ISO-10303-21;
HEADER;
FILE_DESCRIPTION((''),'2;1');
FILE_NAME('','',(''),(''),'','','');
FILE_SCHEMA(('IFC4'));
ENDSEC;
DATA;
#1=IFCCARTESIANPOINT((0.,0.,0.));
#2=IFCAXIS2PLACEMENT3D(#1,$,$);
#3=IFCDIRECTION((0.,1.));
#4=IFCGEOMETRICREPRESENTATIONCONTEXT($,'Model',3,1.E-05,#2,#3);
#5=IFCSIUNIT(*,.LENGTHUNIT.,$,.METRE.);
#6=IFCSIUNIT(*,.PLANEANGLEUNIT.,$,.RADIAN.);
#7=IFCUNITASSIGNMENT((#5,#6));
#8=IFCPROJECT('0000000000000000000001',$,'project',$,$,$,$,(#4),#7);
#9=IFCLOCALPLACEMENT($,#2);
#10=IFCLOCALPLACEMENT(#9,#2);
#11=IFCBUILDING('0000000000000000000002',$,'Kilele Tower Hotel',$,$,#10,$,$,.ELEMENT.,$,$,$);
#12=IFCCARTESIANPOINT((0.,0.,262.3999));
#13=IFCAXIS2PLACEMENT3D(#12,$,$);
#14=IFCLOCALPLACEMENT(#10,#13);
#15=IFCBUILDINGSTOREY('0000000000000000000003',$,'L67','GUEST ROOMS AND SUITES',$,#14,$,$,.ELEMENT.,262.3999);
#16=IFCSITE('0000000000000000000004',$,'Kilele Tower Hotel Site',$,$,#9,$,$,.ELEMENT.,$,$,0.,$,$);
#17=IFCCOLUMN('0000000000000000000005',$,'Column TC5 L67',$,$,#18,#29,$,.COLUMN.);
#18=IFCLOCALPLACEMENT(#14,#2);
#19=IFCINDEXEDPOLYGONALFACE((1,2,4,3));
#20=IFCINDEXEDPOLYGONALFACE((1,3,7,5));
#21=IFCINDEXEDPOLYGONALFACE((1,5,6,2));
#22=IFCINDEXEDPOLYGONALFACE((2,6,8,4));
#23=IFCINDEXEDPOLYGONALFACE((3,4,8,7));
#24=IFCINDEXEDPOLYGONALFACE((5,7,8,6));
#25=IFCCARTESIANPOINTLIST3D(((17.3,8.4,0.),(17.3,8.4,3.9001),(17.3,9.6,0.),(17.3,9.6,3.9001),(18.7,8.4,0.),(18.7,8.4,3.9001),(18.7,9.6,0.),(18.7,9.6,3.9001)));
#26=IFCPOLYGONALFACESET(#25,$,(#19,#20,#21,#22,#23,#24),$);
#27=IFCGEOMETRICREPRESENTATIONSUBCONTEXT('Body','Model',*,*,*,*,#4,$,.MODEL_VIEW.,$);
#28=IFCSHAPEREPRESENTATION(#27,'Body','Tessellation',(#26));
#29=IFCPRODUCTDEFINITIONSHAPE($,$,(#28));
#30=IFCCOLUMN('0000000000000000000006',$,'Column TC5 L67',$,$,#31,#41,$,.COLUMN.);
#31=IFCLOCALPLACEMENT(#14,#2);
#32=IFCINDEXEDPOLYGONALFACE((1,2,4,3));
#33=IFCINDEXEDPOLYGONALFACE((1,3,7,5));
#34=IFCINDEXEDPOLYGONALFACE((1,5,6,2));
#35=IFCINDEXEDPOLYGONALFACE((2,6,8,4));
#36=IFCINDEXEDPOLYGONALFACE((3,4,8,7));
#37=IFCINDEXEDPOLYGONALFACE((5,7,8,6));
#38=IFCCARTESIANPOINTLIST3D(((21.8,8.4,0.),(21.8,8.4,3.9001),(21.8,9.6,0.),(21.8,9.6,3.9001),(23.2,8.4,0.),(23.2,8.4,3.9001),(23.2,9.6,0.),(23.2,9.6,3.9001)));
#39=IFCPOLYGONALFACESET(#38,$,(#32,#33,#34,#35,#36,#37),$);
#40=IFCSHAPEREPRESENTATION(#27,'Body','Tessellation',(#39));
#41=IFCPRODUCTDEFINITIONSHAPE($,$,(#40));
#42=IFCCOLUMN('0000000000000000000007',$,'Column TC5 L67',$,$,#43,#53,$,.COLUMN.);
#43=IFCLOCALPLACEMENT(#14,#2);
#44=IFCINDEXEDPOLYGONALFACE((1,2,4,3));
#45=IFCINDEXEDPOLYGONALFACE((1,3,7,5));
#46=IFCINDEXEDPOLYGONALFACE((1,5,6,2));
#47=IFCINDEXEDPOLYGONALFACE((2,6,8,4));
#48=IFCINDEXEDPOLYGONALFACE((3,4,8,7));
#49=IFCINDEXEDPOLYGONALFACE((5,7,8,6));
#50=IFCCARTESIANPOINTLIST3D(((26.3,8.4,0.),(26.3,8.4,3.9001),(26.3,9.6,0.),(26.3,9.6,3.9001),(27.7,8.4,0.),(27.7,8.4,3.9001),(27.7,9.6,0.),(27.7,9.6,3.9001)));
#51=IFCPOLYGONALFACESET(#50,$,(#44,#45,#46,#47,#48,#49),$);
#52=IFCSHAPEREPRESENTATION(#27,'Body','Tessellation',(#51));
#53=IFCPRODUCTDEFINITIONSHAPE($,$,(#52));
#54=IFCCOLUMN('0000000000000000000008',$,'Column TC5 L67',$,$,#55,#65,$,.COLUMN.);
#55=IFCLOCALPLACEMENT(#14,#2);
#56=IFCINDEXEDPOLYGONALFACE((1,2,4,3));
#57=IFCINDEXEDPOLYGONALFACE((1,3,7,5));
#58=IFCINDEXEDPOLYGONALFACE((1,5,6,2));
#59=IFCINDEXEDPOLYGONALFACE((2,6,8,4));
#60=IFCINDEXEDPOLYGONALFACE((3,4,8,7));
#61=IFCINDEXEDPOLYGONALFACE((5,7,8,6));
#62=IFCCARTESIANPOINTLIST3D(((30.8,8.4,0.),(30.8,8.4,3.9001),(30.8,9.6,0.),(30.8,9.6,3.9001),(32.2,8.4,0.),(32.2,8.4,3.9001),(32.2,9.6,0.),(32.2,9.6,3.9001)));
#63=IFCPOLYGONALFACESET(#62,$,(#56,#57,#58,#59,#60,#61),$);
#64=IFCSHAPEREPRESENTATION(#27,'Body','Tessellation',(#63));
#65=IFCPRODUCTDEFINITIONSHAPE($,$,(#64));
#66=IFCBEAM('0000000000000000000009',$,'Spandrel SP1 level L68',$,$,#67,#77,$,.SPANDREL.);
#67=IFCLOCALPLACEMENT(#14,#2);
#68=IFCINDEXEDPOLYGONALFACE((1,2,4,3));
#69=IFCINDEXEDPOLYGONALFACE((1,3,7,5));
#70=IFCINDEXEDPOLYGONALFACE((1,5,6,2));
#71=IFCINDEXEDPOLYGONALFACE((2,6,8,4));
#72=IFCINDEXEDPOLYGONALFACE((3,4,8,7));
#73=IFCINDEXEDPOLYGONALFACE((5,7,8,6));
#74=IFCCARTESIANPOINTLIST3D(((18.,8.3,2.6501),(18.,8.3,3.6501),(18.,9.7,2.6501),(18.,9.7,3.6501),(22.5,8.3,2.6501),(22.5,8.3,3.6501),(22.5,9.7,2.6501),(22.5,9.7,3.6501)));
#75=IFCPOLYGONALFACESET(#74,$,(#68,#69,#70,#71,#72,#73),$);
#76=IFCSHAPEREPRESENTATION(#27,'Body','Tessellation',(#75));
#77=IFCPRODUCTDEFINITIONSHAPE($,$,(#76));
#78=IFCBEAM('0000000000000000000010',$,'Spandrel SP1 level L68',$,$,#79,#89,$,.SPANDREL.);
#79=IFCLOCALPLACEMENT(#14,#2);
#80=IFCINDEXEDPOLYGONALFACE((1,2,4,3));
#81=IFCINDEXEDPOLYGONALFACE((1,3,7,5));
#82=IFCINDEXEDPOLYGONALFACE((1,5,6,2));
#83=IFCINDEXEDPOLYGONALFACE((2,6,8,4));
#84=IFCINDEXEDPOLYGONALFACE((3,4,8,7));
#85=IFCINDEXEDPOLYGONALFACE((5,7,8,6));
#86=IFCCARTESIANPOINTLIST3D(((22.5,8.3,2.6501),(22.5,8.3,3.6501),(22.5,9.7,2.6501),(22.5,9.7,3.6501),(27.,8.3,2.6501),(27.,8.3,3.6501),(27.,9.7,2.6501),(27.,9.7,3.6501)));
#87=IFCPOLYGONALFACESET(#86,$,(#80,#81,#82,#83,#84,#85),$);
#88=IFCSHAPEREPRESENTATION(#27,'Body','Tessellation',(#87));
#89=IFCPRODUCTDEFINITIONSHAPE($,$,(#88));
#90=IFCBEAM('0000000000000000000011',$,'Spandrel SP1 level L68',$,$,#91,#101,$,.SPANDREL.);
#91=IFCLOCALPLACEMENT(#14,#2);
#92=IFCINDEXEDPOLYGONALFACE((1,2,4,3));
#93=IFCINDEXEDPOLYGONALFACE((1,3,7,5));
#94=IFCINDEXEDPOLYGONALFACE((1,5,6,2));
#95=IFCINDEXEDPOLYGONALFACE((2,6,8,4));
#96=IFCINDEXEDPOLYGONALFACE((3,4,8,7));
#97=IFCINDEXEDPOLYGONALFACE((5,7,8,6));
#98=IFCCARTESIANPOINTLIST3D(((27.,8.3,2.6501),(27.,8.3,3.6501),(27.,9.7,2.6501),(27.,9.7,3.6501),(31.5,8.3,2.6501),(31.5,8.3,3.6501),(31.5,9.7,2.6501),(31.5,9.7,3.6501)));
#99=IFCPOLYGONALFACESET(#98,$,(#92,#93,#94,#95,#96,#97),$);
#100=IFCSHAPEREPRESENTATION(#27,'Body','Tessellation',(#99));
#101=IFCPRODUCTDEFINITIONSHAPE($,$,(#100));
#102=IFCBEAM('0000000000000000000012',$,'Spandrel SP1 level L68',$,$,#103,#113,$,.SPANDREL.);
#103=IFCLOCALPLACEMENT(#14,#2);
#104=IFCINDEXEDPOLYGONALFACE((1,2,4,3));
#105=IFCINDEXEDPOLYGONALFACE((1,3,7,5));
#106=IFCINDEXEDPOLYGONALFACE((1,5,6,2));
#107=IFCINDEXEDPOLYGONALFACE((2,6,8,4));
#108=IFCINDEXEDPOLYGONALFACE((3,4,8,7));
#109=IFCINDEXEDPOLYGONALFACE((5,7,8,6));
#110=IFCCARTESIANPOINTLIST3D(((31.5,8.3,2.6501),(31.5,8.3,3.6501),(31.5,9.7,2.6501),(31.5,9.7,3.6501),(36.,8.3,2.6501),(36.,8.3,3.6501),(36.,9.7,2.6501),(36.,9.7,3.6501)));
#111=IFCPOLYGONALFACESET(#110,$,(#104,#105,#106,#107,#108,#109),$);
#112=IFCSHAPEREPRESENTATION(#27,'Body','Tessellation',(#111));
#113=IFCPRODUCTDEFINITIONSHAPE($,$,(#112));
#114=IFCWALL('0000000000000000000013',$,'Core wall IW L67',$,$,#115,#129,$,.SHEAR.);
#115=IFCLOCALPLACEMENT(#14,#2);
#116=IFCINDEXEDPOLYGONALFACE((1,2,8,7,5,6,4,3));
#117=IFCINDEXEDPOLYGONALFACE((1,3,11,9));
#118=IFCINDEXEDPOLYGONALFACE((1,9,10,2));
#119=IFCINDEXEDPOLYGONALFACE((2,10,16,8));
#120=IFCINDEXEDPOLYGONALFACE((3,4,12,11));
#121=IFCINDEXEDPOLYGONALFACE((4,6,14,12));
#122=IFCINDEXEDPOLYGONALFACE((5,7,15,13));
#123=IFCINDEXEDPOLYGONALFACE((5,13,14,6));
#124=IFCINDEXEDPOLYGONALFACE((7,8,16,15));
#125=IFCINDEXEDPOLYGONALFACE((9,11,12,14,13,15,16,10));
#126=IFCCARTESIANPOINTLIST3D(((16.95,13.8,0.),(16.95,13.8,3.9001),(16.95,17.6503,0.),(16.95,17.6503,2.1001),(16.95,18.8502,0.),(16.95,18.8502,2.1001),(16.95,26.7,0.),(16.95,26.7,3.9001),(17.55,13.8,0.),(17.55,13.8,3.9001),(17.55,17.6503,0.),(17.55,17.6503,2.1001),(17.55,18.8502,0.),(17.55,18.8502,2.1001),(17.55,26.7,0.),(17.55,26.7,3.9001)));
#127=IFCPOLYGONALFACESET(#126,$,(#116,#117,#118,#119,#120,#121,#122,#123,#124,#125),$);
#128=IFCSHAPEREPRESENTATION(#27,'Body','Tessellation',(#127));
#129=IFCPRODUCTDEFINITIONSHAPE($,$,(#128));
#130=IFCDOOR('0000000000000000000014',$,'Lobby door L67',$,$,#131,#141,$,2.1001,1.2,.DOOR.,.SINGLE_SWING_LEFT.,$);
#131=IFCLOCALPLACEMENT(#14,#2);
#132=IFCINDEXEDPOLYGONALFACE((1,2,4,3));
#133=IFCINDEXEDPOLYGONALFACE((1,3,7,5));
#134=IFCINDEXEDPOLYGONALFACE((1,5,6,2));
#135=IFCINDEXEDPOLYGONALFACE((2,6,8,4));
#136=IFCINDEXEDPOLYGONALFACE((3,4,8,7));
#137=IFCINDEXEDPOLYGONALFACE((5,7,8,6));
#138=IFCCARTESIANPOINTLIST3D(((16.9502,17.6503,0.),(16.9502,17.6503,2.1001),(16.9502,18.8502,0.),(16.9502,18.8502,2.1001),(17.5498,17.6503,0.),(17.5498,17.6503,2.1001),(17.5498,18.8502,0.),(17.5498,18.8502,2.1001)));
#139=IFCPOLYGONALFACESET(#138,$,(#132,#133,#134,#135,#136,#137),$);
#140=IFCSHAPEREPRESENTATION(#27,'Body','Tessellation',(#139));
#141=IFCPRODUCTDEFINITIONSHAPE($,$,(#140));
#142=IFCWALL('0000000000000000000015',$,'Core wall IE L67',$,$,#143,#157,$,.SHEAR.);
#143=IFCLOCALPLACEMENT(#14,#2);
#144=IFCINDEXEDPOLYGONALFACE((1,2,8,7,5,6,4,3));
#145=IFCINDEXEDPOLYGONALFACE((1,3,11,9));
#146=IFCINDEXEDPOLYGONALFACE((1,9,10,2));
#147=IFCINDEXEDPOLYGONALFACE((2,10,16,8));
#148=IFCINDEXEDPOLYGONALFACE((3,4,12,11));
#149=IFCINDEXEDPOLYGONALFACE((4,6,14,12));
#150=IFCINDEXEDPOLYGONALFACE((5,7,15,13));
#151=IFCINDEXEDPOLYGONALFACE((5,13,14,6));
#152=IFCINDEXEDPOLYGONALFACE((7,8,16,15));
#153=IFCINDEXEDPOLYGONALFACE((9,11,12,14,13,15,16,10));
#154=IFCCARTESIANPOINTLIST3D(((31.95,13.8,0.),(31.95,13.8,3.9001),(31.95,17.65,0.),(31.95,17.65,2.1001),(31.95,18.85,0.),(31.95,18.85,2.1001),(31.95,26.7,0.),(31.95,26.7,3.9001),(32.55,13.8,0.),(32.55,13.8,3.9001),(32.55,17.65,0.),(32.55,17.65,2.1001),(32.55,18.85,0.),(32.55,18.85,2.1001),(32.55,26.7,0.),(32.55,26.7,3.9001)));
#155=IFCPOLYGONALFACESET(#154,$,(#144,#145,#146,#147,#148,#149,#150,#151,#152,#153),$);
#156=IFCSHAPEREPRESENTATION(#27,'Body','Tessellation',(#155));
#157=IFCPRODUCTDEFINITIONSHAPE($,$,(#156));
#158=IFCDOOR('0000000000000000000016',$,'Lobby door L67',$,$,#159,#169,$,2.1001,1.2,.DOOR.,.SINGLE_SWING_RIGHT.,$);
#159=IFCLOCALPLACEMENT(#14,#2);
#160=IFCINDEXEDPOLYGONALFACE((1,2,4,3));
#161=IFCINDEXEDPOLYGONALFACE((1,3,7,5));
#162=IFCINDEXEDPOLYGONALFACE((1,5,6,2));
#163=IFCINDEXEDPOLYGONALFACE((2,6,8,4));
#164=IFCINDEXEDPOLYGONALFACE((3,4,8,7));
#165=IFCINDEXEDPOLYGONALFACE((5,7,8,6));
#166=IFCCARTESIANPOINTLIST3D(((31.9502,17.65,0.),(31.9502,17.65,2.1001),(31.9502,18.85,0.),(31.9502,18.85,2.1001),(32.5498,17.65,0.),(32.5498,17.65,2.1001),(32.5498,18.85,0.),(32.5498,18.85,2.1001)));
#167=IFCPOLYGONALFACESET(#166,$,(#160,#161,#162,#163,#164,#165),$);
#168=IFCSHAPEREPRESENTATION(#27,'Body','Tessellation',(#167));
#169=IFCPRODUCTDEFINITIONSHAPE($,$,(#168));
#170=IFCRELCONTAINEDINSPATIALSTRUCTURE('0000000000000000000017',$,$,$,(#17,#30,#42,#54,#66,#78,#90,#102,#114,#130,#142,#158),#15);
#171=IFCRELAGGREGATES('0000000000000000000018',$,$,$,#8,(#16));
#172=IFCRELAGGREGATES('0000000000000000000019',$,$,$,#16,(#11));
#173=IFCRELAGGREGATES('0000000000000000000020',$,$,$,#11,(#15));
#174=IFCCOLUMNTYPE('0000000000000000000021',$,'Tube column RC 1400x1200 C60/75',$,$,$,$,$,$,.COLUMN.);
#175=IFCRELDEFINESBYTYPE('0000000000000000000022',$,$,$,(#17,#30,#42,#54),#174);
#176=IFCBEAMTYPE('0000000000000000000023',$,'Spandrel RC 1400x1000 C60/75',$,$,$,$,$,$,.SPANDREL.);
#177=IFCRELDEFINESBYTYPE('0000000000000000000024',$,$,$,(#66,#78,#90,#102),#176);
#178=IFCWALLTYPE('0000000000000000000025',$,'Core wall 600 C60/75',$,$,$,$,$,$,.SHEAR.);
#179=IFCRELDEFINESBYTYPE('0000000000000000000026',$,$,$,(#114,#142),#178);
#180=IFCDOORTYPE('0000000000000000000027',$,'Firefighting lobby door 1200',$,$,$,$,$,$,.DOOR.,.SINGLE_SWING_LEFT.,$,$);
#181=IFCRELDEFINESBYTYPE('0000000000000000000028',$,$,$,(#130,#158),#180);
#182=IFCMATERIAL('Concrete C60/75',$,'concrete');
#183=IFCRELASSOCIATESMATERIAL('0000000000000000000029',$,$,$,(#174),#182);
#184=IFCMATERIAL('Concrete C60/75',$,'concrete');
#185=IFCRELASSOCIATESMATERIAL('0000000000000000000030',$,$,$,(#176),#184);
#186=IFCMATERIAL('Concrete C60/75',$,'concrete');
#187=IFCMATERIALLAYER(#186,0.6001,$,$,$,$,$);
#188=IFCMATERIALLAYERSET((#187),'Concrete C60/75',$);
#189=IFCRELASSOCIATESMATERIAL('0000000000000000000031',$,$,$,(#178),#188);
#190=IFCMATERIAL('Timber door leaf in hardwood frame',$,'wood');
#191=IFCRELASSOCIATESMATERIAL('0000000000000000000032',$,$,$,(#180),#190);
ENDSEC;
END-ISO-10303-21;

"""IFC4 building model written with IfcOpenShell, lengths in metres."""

from ifc_helpers import new_model, si_unit, direction, frame, frame_2d, origin, origin_2d, place, context, subcontext, project, spatial, rectangle, extrude, material, layer, layer_set, material_profile, profile_set, type_object, element, fill, save


model = new_model("IFC4")

# Units and contexts
model_context = context("Model", 3, precision=1e-05, world=origin(), true_north=direction((0.0, 1.0)))
body_context = subcontext(model_context, "Body", "Model", "MODEL_VIEW")
ifc_project = project(units=[si_unit("LENGTHUNIT", "METRE"), si_unit("PLANEANGLEUNIT", "RADIAN")], contexts=[model_context])

# Site, building, storey
site_placement = place(None, origin())
site = spatial("IfcSite", under=ifc_project, at=site_placement, Name="Kilele Tower Hotel Site", CompositionType="ELEMENT", RefElevation=0.0)
building_placement = place(site_placement, origin())
building = spatial("IfcBuilding", under=site, at=building_placement, Name="Kilele Tower Hotel", CompositionType="ELEMENT")
storey_placement = place(building_placement, frame((0.0, 0.0, 262.3999)))
storey = spatial("IfcBuildingStorey", under=building, at=storey_placement, Name="L67", Description="GUEST ROOMS AND SUITES", CompositionType="ELEMENT", Elevation=262.3999)

# Columns
ifc_material_1 = material(Name="Concrete C60/75", Category="concrete")
ifc_material_profile_1 = material_profile(ifc_material_1, rectangle(XDim=1.3999, YDim=1.2, at=origin_2d()))
ifc_profile_set_1 = profile_set([ifc_material_profile_1], Name="Concrete C60/75")
column_type = type_object("IfcColumnType", Name="Tube column RC 1400x1200 C60/75", PredefinedType="COLUMN", material=ifc_profile_set_1)
for number, where, z_axis, x_axis, name in (
    (1, (18.0, 9.0, 0.0), (0.0, 0.0, 1.0), (1.0, 0.0, 0.0), "Column TC5 L67"),
    (2, (22.5, 9.0, 0.0), (0.0, 0.0, 1.0), (1.0, 0.0, 0.0), "Column TC5 L67"),
    (3, (27.0, 9.0, 0.0), (0.0, 0.0, 1.0), (1.0, 0.0, 0.0), "Column TC5 L67"),
    (4, (31.5, 9.0, 0.0), (0.0, 0.0, 1.0), (1.0, 0.0, 0.0), "Column TC5 L67"),
):
    element("IfcColumn", number, at=place(storey_placement, frame(where, z_axis=z_axis, x_axis=x_axis)), inside=storey, type_object=column_type, Name=name, PredefinedType="COLUMN", context=body_context, shape_type="SweptSolid", body=[
        extrude(rectangle(XDim=1.3999, YDim=1.2, at=origin_2d()), origin(), (0.0, 0.0, 1.0), 3.9001),
    ])

# Beams
ifc_material_2 = material(Name="Concrete C60/75", Category="concrete")
ifc_material_profile_2 = material_profile(ifc_material_2, rectangle(XDim=1.3999, YDim=1.0, at=origin_2d()))
ifc_profile_set_2 = profile_set([ifc_material_profile_2], Name="Concrete C60/75")
beam_type = type_object("IfcBeamType", Name="Spandrel RC 1400x1000 C60/75", PredefinedType="SPANDREL", material=ifc_profile_set_2)
for number, where, z_axis, x_axis, name in (
    (5, (18.0, 9.0, 3.1501), (1.0, 0.0, 0.0), (0.0, 1.0, 0.0), "Spandrel SP1 level L68"),
    (6, (22.5, 9.0, 3.1501), (1.0, 0.0, 0.0), (0.0, 1.0, 0.0), "Spandrel SP1 level L68"),
    (7, (27.0, 9.0, 3.1501), (1.0, 0.0, 0.0), (0.0, 1.0, 0.0), "Spandrel SP1 level L68"),
    (8, (31.5, 9.0, 3.1501), (1.0, 0.0, 0.0), (0.0, 1.0, 0.0), "Spandrel SP1 level L68"),
):
    element("IfcBeam", number, at=place(storey_placement, frame(where, z_axis=z_axis, x_axis=x_axis)), inside=storey, type_object=beam_type, Name=name, PredefinedType="SPANDREL", context=body_context, shape_type="SweptSolid", body=[
        extrude(rectangle(XDim=1.3999, YDim=1.0, at=origin_2d()), origin(), (0.0, 0.0, 1.0), 4.5),
    ])

# Walls, openings, doors
ifc_material_3 = material(Name="Concrete C60/75", Category="concrete")
ifc_layer_1 = layer(ifc_material_3, 0.6001)
ifc_layer_set_1 = layer_set([ifc_layer_1], Name="Concrete C60/75")
wall_type_1 = type_object("IfcWallType", Name="Core wall 600 C60/75", PredefinedType="SHEAR", material=ifc_layer_set_1)
wall_1_placement = place(storey_placement, frame((17.25, 13.8, 0.0), z_axis=(0.0, 0.0, 1.0), x_axis=(0.0, 1.0, 0.0)))
wall_1 = element("IfcWall", 9, at=wall_1_placement, inside=storey, type_object=wall_type_1, Name="Core wall IW L67", PredefinedType="SHEAR", context=body_context, shape_type="SweptSolid", body=[
    extrude(rectangle(XDim=12.8999, YDim=0.6001, at=frame_2d((6.45, 0.0))), origin(), (0.0, 0.0, 1.0), 3.9001),
])
opening_1_placement = place(wall_1_placement, frame((3.8501, 0.0, 0.0)))
opening_1 = element("IfcOpeningElement", 10, at=opening_1_placement, cuts=wall_1, PredefinedType="OPENING", context=body_context, shape_type="SweptSolid", body=[
    extrude(rectangle(XDim=1.2, YDim=2.1001, at=frame_2d((0.6001, 1.05))), frame((0.0, 0.3101, 0.0), z_axis=(0.0, -1.0, 0.0), x_axis=(1.0, 0.0, 0.0)), (0.0, 0.0, 1.0), 0.6201),
])
ifc_material_4 = material(Name="Timber door leaf in hardwood frame", Category="wood")
door_type_1 = type_object("IfcDoorType", Name="Firefighting lobby door 1200", OperationType="SINGLE_SWING_LEFT", PredefinedType="DOOR", material=ifc_material_4)
door_1_placement = place(opening_1_placement, origin())
door_1 = element("IfcDoor", 11, at=door_1_placement, inside=storey, type_object=door_type_1, Name="Lobby door L67", OperationType="SINGLE_SWING_LEFT", OverallHeight=2.1001, OverallWidth=1.2, PredefinedType="DOOR", context=body_context, shape_type="SweptSolid", body=[
    extrude(rectangle(XDim=1.2, YDim=2.1001, at=frame_2d((0.6001, 1.05))), frame((0.0, 0.2998, 0.0), z_axis=(0.0, -1.0, 0.0), x_axis=(1.0, 0.0, 0.0)), (0.0, 0.0, 1.0), 0.5996),
])
fill(opening_1, door_1)
wall_2_placement = place(storey_placement, frame((32.25, 13.8, 0.0), z_axis=(0.0, 0.0, 1.0), x_axis=(0.0, 1.0, 0.0)))
wall_2 = element("IfcWall", 12, at=wall_2_placement, inside=storey, type_object=wall_type_1, Name="Core wall IE L67", PredefinedType="SHEAR", context=body_context, shape_type="SweptSolid", body=[
    extrude(rectangle(XDim=12.8999, YDim=0.6001, at=frame_2d((6.45, 0.0))), origin(), (0.0, 0.0, 1.0), 3.9001),
])
opening_2_placement = place(wall_2_placement, frame((5.05, 0.0, 0.0), z_axis=(0.0, 0.0, 1.0), x_axis=(-1.0, 0.0, 0.0)))
opening_2 = element("IfcOpeningElement", 13, at=opening_2_placement, cuts=wall_2, PredefinedType="OPENING", context=body_context, shape_type="SweptSolid", body=[
    extrude(rectangle(XDim=1.2, YDim=2.1001, at=frame_2d((0.6001, 1.05))), frame((0.0, 0.3101, 0.0), z_axis=(0.0, -1.0, 0.0), x_axis=(1.0, 0.0, 0.0)), (0.0, 0.0, 1.0), 0.6201),
])
door_2_placement = place(opening_2_placement, origin())
door_2 = element("IfcDoor", 14, at=door_2_placement, inside=storey, type_object=door_type_1, Name="Lobby door L67", OperationType="SINGLE_SWING_RIGHT", OverallHeight=2.1001, OverallWidth=1.2, PredefinedType="DOOR", context=body_context, shape_type="SweptSolid", body=[
    extrude(rectangle(XDim=1.2, YDim=2.1001, at=frame_2d((0.6001, 1.05))), frame((0.0, 0.2998, 0.0), z_axis=(0.0, -1.0, 0.0), x_axis=(1.0, 0.0, 0.0)), (0.0, 0.0, 1.0), 0.5996),
])
fill(opening_2, door_2)

save(model, "model.ifc")
